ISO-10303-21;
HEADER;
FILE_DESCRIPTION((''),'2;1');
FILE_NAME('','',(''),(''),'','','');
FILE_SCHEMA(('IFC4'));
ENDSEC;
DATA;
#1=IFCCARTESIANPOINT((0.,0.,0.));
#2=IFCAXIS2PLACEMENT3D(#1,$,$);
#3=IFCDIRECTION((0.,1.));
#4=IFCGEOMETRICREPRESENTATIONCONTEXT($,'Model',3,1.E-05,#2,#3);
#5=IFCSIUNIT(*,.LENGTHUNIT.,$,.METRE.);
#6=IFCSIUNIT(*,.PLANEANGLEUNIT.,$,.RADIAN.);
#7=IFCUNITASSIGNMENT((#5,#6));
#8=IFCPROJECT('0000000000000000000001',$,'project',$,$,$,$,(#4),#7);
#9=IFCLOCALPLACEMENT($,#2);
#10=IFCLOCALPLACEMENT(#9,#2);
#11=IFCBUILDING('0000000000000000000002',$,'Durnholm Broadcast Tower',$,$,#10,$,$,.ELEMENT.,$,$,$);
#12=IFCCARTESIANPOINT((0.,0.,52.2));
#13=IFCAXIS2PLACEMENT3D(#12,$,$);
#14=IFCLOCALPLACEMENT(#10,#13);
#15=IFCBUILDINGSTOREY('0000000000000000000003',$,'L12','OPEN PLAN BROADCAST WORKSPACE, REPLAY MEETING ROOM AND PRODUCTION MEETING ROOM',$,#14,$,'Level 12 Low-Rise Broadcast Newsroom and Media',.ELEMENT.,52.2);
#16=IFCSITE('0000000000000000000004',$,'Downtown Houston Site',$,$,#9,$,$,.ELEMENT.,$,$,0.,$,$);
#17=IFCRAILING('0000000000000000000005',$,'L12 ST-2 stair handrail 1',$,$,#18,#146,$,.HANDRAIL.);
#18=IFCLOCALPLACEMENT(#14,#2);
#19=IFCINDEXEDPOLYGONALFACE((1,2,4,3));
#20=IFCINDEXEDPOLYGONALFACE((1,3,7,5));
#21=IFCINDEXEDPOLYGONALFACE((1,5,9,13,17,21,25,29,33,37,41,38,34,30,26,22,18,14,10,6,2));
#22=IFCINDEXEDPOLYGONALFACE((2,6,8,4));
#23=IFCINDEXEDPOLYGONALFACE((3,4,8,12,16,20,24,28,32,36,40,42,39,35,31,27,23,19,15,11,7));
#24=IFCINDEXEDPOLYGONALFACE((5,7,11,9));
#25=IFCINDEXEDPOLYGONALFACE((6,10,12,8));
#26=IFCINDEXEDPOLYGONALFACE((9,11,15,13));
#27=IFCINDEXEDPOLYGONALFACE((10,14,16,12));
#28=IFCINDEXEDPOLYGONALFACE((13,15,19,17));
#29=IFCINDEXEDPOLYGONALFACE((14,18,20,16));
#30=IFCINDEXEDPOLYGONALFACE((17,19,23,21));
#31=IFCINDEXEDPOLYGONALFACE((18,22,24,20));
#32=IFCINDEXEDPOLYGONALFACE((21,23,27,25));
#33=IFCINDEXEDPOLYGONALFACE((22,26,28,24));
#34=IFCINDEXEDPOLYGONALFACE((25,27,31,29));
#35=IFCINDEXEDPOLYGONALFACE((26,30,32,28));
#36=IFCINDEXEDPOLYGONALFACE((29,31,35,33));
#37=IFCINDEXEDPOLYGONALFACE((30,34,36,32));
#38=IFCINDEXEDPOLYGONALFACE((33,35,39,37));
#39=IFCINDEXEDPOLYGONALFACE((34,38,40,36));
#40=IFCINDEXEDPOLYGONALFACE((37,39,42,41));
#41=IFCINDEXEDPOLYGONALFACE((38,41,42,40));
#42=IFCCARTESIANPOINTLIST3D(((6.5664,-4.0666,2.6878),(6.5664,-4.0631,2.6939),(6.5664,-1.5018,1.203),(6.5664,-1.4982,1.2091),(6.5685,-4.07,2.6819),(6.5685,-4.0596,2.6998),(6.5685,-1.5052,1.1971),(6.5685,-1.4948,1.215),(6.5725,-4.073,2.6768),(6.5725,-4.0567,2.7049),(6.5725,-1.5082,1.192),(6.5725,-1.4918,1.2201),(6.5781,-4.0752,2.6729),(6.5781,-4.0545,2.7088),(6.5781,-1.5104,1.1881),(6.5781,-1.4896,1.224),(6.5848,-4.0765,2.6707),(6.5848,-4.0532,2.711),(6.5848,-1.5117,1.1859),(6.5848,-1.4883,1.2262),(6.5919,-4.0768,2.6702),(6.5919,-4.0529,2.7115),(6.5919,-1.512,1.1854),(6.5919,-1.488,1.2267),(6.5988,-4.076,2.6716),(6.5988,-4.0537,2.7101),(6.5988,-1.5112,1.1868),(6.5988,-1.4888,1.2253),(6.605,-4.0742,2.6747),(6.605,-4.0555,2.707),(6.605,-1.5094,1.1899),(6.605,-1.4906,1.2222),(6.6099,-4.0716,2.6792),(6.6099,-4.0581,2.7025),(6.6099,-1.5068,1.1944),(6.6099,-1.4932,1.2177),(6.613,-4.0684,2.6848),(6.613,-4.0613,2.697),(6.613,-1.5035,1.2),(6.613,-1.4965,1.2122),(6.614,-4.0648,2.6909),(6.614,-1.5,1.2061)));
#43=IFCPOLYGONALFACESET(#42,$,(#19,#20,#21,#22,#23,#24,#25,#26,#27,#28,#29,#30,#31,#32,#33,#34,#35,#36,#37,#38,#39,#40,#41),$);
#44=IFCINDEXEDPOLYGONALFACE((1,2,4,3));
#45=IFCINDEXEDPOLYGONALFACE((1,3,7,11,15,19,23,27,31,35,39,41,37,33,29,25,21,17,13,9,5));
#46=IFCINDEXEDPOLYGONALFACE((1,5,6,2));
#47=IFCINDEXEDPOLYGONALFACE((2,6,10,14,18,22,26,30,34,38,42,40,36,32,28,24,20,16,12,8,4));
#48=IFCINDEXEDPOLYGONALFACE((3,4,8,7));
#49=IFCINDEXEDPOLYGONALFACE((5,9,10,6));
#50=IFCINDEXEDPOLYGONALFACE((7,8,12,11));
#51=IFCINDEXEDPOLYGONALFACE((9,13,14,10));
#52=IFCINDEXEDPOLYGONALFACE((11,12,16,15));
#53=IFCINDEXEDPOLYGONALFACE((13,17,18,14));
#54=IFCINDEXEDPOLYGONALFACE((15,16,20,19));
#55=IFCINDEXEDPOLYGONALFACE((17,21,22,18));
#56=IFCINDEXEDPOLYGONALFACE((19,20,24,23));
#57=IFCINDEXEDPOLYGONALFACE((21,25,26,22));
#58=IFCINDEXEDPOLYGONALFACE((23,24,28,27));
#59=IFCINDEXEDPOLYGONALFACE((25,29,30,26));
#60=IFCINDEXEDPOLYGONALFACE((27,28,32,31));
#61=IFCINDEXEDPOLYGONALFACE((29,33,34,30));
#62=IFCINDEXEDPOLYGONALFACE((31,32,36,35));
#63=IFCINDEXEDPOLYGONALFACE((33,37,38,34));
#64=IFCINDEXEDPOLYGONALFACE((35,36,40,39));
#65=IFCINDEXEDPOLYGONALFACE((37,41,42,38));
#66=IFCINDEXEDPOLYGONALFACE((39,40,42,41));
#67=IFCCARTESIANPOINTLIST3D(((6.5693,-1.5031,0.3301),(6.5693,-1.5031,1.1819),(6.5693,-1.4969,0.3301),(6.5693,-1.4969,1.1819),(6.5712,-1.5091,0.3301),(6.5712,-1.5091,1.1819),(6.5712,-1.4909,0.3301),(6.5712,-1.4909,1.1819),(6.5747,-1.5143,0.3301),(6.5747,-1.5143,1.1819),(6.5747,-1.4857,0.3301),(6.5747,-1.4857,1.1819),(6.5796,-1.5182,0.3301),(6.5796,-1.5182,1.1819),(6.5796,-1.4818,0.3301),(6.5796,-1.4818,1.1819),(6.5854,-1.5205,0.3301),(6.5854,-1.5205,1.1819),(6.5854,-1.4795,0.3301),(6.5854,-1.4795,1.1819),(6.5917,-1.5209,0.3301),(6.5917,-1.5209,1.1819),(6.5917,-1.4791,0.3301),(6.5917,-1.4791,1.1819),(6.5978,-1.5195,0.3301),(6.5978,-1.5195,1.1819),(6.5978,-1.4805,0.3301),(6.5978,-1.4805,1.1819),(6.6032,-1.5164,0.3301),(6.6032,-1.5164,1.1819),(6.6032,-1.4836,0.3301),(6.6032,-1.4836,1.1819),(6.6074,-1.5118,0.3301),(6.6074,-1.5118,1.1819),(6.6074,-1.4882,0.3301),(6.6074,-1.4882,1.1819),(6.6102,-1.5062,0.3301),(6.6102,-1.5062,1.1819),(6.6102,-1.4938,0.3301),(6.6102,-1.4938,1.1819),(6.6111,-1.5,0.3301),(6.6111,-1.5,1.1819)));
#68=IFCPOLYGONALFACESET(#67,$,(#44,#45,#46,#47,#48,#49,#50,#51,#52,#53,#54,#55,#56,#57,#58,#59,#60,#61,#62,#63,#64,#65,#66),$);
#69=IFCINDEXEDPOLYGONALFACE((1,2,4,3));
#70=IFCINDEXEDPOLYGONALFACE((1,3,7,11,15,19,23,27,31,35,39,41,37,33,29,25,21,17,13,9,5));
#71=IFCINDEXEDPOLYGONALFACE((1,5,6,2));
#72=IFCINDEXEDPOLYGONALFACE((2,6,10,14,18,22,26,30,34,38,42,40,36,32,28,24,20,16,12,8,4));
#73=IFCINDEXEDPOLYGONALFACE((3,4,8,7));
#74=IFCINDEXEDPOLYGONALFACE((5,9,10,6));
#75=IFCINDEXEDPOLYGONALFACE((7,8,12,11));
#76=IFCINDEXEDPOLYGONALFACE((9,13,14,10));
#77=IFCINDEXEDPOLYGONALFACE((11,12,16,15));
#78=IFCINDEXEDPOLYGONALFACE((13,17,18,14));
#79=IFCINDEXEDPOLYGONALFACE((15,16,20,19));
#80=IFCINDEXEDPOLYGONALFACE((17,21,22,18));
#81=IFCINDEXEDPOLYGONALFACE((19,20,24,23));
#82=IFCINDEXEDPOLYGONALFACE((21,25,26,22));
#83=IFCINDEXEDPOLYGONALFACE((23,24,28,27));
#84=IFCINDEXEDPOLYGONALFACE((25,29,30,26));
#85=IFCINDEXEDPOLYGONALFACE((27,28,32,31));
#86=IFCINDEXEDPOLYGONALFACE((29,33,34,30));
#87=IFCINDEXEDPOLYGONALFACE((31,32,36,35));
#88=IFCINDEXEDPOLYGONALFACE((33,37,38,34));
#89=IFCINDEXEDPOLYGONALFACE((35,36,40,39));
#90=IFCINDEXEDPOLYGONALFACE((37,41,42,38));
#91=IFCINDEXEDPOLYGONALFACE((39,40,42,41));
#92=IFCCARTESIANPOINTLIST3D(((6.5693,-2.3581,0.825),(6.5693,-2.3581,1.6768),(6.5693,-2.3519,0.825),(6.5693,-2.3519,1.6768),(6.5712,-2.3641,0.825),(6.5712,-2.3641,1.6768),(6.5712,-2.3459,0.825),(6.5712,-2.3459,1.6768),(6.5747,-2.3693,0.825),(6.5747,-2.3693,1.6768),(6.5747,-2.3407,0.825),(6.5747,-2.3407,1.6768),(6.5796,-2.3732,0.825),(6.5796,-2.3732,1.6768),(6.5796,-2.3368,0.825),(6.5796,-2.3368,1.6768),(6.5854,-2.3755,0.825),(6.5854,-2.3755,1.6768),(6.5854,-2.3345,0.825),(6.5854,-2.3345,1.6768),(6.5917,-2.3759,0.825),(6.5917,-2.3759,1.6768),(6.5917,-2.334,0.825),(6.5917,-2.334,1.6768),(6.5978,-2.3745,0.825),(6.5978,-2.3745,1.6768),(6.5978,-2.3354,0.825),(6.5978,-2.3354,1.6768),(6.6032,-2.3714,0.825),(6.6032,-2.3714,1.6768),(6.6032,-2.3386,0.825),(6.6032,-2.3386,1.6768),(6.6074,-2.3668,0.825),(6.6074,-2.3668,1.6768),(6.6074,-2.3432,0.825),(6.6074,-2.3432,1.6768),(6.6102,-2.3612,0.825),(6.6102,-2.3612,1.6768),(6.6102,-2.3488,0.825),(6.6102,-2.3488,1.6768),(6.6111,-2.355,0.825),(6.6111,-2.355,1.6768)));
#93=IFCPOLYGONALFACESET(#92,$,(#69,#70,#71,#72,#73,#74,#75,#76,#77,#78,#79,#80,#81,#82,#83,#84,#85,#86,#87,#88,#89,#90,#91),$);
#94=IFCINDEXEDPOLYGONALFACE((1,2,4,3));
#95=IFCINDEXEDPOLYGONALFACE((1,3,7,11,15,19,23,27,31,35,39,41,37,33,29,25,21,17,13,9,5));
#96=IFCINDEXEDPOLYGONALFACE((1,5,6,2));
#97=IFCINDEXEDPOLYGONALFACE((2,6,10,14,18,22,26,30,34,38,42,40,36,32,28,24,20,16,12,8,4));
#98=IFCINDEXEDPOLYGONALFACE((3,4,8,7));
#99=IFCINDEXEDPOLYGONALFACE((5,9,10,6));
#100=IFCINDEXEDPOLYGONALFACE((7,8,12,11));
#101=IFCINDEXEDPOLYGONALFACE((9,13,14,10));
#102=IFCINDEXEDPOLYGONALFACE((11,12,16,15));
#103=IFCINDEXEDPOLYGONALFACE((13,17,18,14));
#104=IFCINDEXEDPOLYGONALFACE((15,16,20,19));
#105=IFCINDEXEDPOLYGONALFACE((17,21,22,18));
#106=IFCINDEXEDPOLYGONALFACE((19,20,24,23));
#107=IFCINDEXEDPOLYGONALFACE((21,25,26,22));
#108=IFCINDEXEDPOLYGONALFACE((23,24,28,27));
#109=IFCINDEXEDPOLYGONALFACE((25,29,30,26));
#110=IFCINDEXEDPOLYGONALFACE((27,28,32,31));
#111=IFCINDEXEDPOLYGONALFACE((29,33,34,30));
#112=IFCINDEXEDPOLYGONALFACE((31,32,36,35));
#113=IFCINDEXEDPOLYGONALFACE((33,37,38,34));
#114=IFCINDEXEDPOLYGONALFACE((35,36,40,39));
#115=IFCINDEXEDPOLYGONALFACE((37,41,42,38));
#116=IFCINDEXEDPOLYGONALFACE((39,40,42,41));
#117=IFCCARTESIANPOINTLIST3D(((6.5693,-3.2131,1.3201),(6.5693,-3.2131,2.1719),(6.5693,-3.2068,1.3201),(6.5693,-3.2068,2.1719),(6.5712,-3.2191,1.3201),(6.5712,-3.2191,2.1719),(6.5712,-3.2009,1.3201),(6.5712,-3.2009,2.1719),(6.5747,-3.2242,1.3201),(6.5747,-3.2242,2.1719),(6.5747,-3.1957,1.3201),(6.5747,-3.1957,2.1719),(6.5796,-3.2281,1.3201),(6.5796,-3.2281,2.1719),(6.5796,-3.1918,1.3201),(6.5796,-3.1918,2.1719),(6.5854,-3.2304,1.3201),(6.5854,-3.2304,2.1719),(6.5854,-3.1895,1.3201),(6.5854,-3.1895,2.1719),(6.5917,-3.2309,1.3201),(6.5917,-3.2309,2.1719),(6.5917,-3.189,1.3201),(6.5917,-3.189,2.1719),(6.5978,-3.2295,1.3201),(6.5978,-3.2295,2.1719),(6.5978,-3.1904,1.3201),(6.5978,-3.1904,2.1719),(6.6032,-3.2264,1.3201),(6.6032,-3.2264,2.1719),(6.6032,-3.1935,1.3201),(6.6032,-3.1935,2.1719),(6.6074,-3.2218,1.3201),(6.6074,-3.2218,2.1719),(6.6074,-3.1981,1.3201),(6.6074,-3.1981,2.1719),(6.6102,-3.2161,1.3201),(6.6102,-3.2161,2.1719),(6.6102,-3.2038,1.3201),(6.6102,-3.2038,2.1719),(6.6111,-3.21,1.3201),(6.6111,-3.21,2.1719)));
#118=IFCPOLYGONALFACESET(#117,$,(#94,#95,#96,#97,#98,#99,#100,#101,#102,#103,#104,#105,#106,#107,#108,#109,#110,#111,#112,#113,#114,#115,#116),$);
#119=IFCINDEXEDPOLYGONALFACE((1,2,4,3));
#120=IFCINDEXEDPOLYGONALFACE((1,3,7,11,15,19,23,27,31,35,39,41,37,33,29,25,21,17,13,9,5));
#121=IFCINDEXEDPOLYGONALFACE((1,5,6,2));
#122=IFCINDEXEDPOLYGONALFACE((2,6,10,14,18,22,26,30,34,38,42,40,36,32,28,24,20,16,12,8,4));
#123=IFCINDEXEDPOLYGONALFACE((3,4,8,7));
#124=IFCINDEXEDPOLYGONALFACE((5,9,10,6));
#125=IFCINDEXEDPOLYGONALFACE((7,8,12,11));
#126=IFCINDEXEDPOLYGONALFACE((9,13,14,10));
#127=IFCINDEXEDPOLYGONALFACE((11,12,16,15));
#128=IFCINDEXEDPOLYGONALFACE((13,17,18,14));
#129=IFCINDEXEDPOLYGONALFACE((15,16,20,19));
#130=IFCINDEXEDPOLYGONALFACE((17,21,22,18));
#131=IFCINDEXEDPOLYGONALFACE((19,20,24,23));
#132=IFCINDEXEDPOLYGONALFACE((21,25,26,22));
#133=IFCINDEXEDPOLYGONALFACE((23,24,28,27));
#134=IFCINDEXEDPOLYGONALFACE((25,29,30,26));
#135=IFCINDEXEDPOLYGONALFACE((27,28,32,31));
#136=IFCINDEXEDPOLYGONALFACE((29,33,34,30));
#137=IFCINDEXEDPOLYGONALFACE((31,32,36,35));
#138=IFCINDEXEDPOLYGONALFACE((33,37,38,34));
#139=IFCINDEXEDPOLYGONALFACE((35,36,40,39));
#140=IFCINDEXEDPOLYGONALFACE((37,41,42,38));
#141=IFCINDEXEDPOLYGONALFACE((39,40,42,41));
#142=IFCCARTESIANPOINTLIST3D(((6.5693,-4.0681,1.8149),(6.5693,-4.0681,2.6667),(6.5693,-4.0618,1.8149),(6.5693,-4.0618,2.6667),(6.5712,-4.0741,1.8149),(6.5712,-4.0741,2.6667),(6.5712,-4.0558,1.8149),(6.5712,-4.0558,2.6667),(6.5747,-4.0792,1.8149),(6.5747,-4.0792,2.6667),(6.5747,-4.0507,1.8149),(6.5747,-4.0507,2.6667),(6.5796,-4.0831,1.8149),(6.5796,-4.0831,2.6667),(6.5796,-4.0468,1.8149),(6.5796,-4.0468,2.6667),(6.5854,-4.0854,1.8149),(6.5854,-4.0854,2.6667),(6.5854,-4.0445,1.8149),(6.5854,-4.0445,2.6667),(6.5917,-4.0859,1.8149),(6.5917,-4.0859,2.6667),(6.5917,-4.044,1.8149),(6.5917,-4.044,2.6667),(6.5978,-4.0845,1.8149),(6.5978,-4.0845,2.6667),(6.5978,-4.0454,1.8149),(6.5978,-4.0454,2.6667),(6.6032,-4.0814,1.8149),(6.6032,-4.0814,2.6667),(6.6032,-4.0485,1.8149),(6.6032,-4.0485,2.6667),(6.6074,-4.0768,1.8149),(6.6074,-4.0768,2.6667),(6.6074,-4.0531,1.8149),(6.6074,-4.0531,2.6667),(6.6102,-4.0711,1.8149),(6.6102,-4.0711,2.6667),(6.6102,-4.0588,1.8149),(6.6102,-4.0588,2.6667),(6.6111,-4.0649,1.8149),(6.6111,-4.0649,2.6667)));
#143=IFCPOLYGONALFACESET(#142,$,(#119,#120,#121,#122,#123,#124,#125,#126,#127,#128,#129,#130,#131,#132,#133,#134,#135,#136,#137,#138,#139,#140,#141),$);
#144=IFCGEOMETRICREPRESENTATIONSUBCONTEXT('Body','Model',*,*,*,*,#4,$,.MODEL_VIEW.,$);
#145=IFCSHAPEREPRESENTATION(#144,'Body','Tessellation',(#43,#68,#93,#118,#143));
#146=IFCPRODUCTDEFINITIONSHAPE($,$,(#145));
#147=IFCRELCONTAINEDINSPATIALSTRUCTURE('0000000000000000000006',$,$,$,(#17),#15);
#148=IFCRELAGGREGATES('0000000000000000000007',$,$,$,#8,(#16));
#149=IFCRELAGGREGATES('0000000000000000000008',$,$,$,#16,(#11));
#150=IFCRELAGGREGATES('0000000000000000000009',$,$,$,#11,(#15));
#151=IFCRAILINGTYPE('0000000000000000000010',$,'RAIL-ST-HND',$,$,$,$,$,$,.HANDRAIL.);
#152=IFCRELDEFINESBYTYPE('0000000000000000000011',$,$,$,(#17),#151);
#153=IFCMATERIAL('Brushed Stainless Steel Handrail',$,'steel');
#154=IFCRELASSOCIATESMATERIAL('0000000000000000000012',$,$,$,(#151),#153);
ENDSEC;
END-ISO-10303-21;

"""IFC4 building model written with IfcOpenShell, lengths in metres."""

from ifc_helpers import new_model, si_unit, direction, frame, origin, origin_2d, place, context, subcontext, project, spatial, circle, extrude, material, type_object, element, save


model = new_model("IFC4")

# Units and contexts
model_context = context("Model", 3, precision=1e-05, world=origin(), true_north=direction((0.0, 1.0)))
body_context = subcontext(model_context, "Body", "Model", "MODEL_VIEW")
ifc_project = project(units=[si_unit("LENGTHUNIT", "METRE"), si_unit("PLANEANGLEUNIT", "RADIAN")], contexts=[model_context])

# Site, building, storey
site_placement = place(None, origin())
site = spatial("IfcSite", under=ifc_project, at=site_placement, Name="Downtown Houston Site", CompositionType="ELEMENT", RefElevation=0.0)
building_placement = place(site_placement, origin())
building = spatial("IfcBuilding", under=site, at=building_placement, Name="Durnholm Broadcast Tower", CompositionType="ELEMENT")
storey_placement = place(building_placement, frame((0.0, 0.0, 52.2)))
storey = spatial("IfcBuildingStorey", under=building, at=storey_placement, Name="L12", Description="OPEN PLAN BROADCAST WORKSPACE, REPLAY MEETING ROOM AND PRODUCTION MEETING ROOM", LongName="Level 12 Low-Rise Broadcast Newsroom and Media", CompositionType="ELEMENT", Elevation=52.2)

# Railing
ifc_material_1 = material(Name="Brushed Stainless Steel Handrail", Category="steel")
railing_type_1 = type_object("IfcRailingType", Name="RAIL-ST-HND", PredefinedType="HANDRAIL", material=ifc_material_1)
railing_1_placement = place(storey_placement, frame((6.5901, -1.5, 0.3301)))
element("IfcRailing", 1, at=railing_1_placement, inside=storey, type_object=railing_type_1, Name="L12 ST-2 stair handrail 1", PredefinedType="HANDRAIL", context=body_context, shape_type="SweptSolid", body=[
    extrude(circle(Radius=0.0239, at=origin_2d()), frame((0.0, 0.0, 0.876), z_axis=(0.0, -0.865441, 0.50101), x_axis=(1.0, 0.0, 0.0)), (0.0, 0.0, 1.0), 2.9636),
    extrude(circle(Radius=0.021, at=origin_2d()), origin(), (0.0, 0.0, 1.0), 0.8518),
    extrude(circle(Radius=0.021, at=origin_2d()), frame((0.0, -0.855, 0.4949)), (0.0, 0.0, 1.0), 0.8518),
    extrude(circle(Radius=0.021, at=origin_2d()), frame((0.0, -1.71, 0.99)), (0.0, 0.0, 1.0), 0.8518),
    extrude(circle(Radius=0.021, at=origin_2d()), frame((0.0, -2.5649, 1.4849)), (0.0, 0.0, 1.0), 0.8518),
])

save(model, "model.ifc")
